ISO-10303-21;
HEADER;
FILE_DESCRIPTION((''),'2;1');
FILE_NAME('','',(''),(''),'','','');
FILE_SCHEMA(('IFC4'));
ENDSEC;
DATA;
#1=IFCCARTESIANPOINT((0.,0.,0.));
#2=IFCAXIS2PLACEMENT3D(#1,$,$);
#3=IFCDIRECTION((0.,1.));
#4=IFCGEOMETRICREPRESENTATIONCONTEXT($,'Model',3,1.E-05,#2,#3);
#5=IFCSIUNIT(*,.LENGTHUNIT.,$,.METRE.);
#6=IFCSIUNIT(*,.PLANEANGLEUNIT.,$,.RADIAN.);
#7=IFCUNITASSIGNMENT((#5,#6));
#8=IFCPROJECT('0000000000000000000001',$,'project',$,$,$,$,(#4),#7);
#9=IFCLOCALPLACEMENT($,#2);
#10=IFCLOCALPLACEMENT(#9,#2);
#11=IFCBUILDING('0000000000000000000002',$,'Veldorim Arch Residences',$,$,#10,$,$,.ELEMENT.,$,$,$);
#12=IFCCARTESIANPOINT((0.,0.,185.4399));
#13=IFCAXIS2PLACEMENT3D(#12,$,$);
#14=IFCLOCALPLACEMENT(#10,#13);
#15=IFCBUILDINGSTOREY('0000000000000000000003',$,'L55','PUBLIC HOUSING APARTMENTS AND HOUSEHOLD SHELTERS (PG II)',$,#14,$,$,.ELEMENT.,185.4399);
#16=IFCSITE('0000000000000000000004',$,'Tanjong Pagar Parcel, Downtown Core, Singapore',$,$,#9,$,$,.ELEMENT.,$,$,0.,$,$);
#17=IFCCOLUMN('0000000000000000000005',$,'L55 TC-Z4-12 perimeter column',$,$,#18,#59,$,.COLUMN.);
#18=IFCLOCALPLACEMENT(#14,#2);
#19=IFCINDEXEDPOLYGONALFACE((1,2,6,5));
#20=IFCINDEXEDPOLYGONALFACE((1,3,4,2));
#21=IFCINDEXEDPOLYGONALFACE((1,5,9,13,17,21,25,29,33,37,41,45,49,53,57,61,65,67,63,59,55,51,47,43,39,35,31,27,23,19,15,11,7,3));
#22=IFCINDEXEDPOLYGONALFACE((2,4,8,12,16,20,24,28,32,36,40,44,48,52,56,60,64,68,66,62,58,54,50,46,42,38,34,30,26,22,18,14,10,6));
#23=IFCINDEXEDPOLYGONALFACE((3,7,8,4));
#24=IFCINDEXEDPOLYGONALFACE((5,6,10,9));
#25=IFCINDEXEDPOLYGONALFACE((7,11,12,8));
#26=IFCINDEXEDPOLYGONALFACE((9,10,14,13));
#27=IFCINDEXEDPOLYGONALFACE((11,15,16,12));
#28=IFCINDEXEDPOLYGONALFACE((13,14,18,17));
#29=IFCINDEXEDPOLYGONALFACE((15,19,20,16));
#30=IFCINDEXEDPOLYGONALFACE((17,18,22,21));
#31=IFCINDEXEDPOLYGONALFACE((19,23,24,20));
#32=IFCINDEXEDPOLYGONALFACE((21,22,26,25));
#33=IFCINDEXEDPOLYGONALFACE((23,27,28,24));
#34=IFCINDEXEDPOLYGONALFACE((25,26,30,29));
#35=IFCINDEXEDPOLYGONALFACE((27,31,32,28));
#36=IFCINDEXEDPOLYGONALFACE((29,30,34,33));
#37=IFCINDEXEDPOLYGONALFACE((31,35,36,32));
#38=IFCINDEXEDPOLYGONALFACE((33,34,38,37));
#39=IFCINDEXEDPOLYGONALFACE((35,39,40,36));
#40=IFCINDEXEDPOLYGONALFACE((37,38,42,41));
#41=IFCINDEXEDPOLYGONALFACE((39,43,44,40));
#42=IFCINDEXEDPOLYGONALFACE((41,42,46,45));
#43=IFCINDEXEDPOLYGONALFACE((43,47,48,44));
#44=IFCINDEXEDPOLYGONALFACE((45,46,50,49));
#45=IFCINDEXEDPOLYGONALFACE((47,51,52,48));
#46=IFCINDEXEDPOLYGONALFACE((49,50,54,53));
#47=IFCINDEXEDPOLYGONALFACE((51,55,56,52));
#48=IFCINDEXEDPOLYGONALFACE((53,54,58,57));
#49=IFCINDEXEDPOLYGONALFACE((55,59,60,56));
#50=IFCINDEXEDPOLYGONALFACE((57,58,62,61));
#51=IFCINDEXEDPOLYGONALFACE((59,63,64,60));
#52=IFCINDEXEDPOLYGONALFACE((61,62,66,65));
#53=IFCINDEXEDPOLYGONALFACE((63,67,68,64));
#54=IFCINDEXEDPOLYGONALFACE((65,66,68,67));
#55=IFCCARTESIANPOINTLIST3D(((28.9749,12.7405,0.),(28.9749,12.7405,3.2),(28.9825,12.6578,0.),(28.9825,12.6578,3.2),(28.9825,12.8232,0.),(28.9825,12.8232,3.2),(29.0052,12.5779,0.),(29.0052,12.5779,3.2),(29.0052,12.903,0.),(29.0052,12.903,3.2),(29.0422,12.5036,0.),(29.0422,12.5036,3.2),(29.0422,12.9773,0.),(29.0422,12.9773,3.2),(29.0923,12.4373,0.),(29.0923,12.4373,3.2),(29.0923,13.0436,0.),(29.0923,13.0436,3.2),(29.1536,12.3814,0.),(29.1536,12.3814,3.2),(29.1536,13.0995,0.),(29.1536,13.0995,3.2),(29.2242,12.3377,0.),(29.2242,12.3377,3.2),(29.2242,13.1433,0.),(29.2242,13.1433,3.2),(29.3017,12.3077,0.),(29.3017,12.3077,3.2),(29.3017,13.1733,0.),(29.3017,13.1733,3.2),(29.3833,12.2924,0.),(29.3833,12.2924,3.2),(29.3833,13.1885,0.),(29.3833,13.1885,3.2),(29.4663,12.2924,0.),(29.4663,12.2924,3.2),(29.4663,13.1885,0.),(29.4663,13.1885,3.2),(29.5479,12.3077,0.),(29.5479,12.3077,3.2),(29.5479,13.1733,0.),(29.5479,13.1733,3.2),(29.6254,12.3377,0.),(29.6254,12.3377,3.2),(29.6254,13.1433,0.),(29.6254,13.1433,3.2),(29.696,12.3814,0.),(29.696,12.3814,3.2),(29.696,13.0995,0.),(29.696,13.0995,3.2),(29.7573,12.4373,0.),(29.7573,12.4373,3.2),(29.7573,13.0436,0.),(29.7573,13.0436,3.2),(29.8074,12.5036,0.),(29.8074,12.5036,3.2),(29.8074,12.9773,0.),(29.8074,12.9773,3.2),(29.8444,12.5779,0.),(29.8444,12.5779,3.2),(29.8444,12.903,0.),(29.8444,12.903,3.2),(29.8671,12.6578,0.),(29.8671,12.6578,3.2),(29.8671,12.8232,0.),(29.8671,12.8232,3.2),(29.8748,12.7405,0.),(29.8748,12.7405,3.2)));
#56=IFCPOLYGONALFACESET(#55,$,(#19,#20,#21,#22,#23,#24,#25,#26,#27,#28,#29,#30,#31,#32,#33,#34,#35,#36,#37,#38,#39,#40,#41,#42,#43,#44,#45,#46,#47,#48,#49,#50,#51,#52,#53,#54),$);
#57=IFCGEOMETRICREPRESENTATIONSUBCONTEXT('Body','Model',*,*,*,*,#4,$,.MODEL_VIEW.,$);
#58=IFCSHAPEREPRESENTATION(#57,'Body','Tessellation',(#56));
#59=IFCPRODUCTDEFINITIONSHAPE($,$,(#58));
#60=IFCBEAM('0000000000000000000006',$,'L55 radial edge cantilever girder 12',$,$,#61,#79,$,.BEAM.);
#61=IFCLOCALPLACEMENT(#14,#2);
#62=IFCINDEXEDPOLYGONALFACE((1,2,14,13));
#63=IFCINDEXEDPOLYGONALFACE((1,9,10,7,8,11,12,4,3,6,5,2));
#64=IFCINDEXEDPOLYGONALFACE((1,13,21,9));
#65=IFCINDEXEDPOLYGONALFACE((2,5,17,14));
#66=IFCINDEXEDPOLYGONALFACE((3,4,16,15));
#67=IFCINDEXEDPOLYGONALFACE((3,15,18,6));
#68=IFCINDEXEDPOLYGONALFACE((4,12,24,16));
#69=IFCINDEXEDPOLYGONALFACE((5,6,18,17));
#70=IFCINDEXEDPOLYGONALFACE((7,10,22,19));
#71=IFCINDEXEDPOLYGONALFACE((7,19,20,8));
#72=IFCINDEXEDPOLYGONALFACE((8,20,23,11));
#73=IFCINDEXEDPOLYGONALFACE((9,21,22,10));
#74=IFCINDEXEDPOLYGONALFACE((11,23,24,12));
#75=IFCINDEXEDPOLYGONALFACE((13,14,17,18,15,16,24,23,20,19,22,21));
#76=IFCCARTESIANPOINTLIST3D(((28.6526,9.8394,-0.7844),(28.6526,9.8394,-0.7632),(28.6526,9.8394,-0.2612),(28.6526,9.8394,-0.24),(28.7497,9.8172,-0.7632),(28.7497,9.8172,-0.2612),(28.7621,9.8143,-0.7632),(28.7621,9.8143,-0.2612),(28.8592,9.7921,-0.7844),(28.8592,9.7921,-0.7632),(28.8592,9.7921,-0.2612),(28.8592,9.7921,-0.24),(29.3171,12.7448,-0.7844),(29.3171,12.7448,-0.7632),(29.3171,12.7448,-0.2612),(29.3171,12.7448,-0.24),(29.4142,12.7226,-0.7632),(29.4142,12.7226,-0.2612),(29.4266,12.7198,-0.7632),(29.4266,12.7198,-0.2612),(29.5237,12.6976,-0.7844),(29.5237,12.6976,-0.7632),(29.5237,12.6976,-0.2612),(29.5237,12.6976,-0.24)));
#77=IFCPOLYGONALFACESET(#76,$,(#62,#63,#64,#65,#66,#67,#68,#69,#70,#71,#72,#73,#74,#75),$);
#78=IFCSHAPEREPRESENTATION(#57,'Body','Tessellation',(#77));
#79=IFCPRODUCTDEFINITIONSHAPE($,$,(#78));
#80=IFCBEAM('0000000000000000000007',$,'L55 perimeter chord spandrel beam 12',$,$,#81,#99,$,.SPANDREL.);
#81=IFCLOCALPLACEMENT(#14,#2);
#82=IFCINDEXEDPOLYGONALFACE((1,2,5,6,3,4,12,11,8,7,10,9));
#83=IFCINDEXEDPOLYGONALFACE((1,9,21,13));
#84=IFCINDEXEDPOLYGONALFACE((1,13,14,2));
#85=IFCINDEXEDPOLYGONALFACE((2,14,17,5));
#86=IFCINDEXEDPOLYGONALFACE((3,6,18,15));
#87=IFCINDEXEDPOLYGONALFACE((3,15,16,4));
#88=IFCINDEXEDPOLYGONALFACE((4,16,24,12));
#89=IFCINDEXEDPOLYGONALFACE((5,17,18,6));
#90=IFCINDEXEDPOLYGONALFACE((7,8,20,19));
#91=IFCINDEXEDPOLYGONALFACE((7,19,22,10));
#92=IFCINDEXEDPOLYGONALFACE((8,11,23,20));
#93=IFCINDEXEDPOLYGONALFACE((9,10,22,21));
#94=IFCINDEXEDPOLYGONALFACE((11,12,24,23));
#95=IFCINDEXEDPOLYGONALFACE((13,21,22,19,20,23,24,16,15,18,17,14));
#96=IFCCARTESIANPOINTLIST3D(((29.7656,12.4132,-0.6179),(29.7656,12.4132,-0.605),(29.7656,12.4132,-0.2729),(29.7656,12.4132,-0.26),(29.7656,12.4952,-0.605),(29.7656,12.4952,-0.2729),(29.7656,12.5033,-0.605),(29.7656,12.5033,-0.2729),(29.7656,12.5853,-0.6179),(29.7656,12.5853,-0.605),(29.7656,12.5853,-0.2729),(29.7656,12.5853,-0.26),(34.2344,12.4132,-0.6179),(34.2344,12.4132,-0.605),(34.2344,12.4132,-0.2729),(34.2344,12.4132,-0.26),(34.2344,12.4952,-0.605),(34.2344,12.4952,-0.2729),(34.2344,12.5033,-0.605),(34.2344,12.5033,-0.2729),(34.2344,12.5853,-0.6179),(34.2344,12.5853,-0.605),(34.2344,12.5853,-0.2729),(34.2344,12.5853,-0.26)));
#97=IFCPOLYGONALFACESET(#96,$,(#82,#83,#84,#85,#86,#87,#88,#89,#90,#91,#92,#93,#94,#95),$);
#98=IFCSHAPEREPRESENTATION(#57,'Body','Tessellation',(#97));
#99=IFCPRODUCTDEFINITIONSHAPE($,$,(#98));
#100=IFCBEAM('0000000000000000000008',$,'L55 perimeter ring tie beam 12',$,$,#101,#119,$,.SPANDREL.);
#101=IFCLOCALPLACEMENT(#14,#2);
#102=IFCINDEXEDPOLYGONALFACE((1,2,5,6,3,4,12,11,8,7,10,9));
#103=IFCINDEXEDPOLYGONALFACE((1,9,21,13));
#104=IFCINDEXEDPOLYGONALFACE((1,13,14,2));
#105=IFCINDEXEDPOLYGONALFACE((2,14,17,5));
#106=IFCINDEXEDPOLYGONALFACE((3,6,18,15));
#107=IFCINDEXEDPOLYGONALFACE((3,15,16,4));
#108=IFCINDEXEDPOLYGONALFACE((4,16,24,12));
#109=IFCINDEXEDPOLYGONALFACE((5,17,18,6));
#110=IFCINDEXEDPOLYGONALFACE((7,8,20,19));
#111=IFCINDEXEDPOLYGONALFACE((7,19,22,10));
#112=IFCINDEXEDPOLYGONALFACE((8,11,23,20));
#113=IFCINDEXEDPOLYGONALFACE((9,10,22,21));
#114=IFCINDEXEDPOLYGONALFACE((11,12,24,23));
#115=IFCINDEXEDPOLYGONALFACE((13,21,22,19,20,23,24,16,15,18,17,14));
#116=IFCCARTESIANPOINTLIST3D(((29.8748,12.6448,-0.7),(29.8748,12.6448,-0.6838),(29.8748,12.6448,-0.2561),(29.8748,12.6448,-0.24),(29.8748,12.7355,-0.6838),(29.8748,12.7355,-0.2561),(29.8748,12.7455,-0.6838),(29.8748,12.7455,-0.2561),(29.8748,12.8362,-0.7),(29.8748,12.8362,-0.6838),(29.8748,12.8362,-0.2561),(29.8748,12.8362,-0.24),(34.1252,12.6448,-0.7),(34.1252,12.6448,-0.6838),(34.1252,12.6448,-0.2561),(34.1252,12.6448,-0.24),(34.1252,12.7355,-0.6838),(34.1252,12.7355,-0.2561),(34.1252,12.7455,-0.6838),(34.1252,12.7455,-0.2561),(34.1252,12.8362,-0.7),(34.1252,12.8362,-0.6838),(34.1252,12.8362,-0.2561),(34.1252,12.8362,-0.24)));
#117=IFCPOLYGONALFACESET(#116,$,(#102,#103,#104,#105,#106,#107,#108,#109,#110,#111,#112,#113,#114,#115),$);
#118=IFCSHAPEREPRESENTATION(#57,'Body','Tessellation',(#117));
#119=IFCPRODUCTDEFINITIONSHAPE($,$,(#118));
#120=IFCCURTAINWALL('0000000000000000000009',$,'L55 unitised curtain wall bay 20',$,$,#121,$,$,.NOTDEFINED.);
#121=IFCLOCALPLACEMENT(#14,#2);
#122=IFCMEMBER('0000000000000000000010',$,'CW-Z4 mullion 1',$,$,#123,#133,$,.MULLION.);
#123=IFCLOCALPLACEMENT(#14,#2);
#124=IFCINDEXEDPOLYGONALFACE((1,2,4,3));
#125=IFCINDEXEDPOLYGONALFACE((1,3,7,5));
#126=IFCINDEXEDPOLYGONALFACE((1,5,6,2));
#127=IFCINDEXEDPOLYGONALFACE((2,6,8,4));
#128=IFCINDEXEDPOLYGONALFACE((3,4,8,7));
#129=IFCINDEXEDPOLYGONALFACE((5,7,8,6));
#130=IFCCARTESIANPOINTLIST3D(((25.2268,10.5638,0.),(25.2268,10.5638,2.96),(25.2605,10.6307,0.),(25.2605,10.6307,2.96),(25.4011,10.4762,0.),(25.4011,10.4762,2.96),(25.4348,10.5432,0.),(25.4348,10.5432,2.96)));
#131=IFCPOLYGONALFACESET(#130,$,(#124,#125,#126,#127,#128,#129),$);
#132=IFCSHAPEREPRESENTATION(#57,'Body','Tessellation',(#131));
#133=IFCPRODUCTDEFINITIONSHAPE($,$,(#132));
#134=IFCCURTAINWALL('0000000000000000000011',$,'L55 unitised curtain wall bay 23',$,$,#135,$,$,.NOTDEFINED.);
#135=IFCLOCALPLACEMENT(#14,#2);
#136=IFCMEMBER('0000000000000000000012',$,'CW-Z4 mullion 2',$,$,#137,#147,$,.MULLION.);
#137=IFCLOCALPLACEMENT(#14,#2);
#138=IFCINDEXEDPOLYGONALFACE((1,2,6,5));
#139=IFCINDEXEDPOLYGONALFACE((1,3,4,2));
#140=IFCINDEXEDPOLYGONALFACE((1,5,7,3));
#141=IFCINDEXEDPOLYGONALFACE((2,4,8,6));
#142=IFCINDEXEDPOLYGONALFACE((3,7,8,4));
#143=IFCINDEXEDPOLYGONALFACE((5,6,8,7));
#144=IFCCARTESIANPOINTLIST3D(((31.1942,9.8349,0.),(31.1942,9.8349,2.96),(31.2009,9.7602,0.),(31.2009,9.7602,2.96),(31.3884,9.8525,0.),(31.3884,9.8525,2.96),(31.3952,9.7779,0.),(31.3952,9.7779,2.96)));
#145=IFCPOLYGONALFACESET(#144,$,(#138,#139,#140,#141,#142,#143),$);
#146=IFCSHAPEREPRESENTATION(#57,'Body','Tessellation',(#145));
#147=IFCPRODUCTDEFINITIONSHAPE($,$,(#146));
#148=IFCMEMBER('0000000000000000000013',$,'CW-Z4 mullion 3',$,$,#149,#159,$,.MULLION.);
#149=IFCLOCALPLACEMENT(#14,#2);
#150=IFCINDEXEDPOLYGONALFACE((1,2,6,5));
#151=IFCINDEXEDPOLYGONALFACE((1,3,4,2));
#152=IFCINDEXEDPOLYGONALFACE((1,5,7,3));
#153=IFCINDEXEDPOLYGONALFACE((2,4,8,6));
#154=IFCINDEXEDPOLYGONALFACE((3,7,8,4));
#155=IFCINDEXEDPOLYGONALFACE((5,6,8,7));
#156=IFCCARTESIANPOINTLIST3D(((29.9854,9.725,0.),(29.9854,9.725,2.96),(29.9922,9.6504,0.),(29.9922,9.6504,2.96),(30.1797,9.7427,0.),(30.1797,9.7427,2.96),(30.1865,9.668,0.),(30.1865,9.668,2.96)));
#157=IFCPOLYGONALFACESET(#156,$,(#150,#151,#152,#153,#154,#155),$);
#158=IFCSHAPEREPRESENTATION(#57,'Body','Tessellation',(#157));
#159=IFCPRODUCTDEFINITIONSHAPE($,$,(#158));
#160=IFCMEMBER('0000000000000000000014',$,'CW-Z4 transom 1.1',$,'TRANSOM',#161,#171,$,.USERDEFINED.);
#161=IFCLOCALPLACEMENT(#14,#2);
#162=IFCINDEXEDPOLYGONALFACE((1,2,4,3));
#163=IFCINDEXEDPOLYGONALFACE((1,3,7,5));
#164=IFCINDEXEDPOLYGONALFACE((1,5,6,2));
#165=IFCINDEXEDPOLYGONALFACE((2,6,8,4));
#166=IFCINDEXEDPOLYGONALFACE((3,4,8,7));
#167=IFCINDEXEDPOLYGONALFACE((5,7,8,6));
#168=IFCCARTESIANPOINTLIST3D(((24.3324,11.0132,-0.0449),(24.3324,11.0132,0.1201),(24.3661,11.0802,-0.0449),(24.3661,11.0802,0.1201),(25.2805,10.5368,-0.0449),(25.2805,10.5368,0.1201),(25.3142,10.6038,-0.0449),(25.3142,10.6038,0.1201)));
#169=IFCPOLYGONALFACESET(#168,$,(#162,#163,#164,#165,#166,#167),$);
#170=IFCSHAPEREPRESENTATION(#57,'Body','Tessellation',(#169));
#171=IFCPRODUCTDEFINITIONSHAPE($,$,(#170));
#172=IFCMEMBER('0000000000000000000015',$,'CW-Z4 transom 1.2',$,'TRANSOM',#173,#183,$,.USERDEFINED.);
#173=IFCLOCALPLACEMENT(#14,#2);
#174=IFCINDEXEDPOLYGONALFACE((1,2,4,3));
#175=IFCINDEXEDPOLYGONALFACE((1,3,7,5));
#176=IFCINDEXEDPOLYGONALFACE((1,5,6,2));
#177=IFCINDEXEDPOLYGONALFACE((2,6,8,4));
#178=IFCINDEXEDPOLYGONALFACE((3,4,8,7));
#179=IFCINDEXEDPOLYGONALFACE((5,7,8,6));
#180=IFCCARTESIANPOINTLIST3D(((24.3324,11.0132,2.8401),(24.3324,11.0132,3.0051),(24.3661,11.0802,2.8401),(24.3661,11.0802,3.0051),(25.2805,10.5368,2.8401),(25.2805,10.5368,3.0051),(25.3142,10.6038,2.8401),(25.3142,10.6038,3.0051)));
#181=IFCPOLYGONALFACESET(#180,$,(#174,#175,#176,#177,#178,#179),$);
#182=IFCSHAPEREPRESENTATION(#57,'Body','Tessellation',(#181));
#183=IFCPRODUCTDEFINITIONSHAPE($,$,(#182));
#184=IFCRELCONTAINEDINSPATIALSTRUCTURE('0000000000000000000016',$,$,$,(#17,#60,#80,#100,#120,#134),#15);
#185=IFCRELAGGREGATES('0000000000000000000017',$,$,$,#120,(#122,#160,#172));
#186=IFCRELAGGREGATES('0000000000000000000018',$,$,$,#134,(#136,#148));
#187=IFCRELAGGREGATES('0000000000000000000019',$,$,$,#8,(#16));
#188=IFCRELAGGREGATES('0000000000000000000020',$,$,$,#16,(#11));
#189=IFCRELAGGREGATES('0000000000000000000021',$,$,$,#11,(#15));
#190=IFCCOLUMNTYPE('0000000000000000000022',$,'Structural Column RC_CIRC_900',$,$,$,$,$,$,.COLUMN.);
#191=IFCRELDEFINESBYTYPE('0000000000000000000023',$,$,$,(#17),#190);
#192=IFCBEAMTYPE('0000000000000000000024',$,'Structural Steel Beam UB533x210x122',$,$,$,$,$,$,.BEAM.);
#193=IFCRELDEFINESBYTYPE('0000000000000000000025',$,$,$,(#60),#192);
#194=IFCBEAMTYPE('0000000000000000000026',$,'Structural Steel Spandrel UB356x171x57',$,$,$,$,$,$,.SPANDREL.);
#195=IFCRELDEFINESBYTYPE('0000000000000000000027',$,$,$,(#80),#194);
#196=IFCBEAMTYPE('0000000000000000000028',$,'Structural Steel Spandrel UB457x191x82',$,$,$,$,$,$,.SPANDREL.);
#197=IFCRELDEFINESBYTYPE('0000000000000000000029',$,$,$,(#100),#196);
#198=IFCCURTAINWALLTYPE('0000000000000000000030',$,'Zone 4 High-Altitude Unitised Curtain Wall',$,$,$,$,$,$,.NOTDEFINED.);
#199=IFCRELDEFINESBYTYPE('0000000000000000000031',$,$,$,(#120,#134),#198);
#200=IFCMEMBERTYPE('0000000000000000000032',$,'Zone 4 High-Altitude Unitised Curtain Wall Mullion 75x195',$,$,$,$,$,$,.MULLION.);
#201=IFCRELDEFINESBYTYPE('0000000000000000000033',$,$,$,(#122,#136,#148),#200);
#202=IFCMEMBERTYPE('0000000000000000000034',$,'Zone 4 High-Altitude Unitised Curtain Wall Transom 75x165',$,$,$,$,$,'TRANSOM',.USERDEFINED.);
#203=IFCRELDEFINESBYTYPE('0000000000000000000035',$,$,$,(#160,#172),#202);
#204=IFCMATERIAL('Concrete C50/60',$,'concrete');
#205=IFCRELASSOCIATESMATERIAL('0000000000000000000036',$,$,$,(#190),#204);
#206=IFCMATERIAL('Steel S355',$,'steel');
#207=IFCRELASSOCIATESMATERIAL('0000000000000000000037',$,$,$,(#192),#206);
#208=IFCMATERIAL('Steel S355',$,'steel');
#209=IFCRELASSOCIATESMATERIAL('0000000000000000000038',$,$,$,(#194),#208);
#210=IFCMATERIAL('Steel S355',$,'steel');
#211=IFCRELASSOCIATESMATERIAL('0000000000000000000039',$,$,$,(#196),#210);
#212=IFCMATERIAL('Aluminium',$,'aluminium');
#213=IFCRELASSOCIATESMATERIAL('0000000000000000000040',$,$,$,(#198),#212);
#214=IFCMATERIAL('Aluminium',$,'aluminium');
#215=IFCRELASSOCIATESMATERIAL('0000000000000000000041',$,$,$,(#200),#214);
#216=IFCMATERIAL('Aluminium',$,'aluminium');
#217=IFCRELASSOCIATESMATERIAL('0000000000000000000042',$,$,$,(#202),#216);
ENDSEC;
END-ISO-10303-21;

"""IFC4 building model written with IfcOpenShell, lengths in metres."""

from ifc_helpers import new_model, si_unit, direction, frame, origin, origin_2d, place, context, subcontext, project, spatial, rectangle, circle, i_section, extrude, material, material_profile, profile_set, type_object, element, aggregate, save


model = new_model("IFC4")

# Units and contexts
model_context = context("Model", 3, precision=1e-05, world=origin(), true_north=direction((0.0, 1.0)))
body_context = subcontext(model_context, "Body", "Model", "MODEL_VIEW")
ifc_project = project(units=[si_unit("LENGTHUNIT", "METRE"), si_unit("PLANEANGLEUNIT", "RADIAN")], contexts=[model_context])

# Site, building, storey
site_placement = place(None, origin())
site = spatial("IfcSite", under=ifc_project, at=site_placement, Name="Tanjong Pagar Parcel, Downtown Core, Singapore", CompositionType="ELEMENT", RefElevation=0.0)
building_placement = place(site_placement, origin())
building = spatial("IfcBuilding", under=site, at=building_placement, Name="Veldorim Arch Residences", CompositionType="ELEMENT")
storey_placement = place(building_placement, frame((0.0, 0.0, 185.4399)))
storey = spatial("IfcBuildingStorey", under=building, at=storey_placement, Name="L55", Description="PUBLIC HOUSING APARTMENTS AND HOUSEHOLD SHELTERS (PG II)", CompositionType="ELEMENT", Elevation=185.4399)

# Column
ifc_material_1 = material(Name="Concrete C50/60", Category="concrete")
ifc_material_profile_1 = material_profile(ifc_material_1, circle(Radius=0.45, at=origin_2d()), Name="RC_CIRC_900")
ifc_profile_set_1 = profile_set([ifc_material_profile_1], Name="Concrete C50/60")
column_type = type_object("IfcColumnType", Name="Structural Column RC_CIRC_900", PredefinedType="COLUMN", material=ifc_profile_set_1)
column_placement = place(storey_placement, frame((29.4248, 12.7405, 0.0), z_axis=(0.0, 0.0, 1.0), x_axis=(1.0, 0.0, 0.0)))
element("IfcColumn", 1, at=column_placement, inside=storey, type_object=column_type, Name="L55 TC-Z4-12 perimeter column", PredefinedType="COLUMN", context=body_context, shape_type="SweptSolid", body=[
    extrude(circle(Radius=0.45, at=origin_2d()), origin(), (0.0, 0.0, 1.0), 3.2),
])

# Beams
ifc_material_2 = material(Name="Steel S355", Category="steel")
ifc_material_profile_2 = material_profile(ifc_material_2, i_section(OverallWidth=0.2119, OverallDepth=0.5444, WebThickness=0.0127, FlangeThickness=0.0212, at=origin_2d()), Name="UB533x210x122")
ifc_profile_set_2 = profile_set([ifc_material_profile_2], Name="Steel S355")
beam_type_1 = type_object("IfcBeamType", Name="Structural Steel Beam UB533x210x122", PredefinedType="BEAM", material=ifc_profile_set_2)
beam_1_placement = place(storey_placement, frame((29.4204, 12.7212, -0.5122), z_axis=(-0.222963, -0.974827, 0.0), x_axis=(0.974827, -0.222963, 0.0)))
element("IfcBeam", 2, at=beam_1_placement, inside=storey, type_object=beam_type_1, Name="L55 radial edge cantilever girder 12", PredefinedType="BEAM", context=body_context, shape_type="SweptSolid", body=[
    extrude(i_section(OverallWidth=0.2119, OverallDepth=0.5444, WebThickness=0.0127, FlangeThickness=0.0212, at=origin_2d()), origin(), (0.0, 0.0, 1.0), 2.9805),
])
ifc_material_3 = material(Name="Steel S355", Category="steel")
ifc_material_profile_3 = material_profile(ifc_material_3, i_section(OverallWidth=0.1721, OverallDepth=0.3579, WebThickness=0.0081, FlangeThickness=0.0129, at=origin_2d()), Name="UB356x171x57")
ifc_profile_set_3 = profile_set([ifc_material_profile_3], Name="Steel S355")
beam_type_2 = type_object("IfcBeamType", Name="Structural Steel Spandrel UB356x171x57", PredefinedType="SPANDREL", material=ifc_profile_set_3)
beam_2_placement = place(storey_placement, frame((29.7656, 12.4993, -0.439), z_axis=(1.0, 0.0, 0.0), x_axis=(0.0, 1.0, 0.0)))
element("IfcBeam", 3, at=beam_2_placement, inside=storey, type_object=beam_type_2, Name="L55 perimeter chord spandrel beam 12", PredefinedType="SPANDREL", context=body_context, shape_type="SweptSolid", body=[
    extrude(i_section(OverallWidth=0.1721, OverallDepth=0.3579, WebThickness=0.0081, FlangeThickness=0.0129, at=origin_2d()), origin(), (0.0, 0.0, 1.0), 4.4688),
])
ifc_material_4 = material(Name="Steel S355", Category="steel")
ifc_material_profile_4 = material_profile(ifc_material_4, i_section(OverallWidth=0.1914, OverallDepth=0.46, WebThickness=0.01, FlangeThickness=0.0161, at=origin_2d()), Name="UB457x191x82")
ifc_profile_set_4 = profile_set([ifc_material_profile_4], Name="Steel S355")
beam_type_3 = type_object("IfcBeamType", Name="Structural Steel Spandrel UB457x191x82", PredefinedType="SPANDREL", material=ifc_profile_set_4)
beam_3_placement = place(storey_placement, frame((29.8748, 12.7405, -0.47), z_axis=(1.0, 0.0, 0.0), x_axis=(0.0, 1.0, 0.0)))
element("IfcBeam", 4, at=beam_3_placement, inside=storey, type_object=beam_type_3, Name="L55 perimeter ring tie beam 12", PredefinedType="SPANDREL", context=body_context, shape_type="SweptSolid", body=[
    extrude(i_section(OverallWidth=0.1914, OverallDepth=0.46, WebThickness=0.01, FlangeThickness=0.0161, at=origin_2d()), origin(), (0.0, 0.0, 1.0), 4.2505),
])

# Curtain wall, member
ifc_material_5 = material(Name="Aluminium", Category="aluminium")
curtain_wall_type = type_object("IfcCurtainWallType", Name="Zone 4 High-Altitude Unitised Curtain Wall", PredefinedType="NOTDEFINED", material=ifc_material_5)
curtain_wall_1_placement = place(storey_placement, origin())
curtain_wall_1 = element("IfcCurtainWall", 5, at=curtain_wall_1_placement, inside=storey, type_object=curtain_wall_type, Name="L55 unitised curtain wall bay 20", PredefinedType="NOTDEFINED")
ifc_material_6 = material(Name="Aluminium", Category="aluminium")
ifc_material_profile_5 = material_profile(ifc_material_6, rectangle(XDim=0.075, YDim=0.1951, at=origin_2d()), Name="ALU_MUL_75x195")
ifc_profile_set_5 = profile_set([ifc_material_profile_5], Name="Aluminium")
member_type_1 = type_object("IfcMemberType", Name="Zone 4 High-Altitude Unitised Curtain Wall Mullion 75x195", PredefinedType="MULLION", material=ifc_profile_set_5)
member_1_placement = place(storey_placement, frame((25.3308, 10.5535, 0.0), z_axis=(0.0, 0.0, 1.0), x_axis=(-0.448866, -0.893599, 0.0)))
member_1 = element("IfcMember", 6, at=member_1_placement, type_object=member_type_1, Name="CW-Z4 mullion 1", PredefinedType="MULLION", context=body_context, shape_type="SweptSolid", body=[
    extrude(rectangle(XDim=0.075, YDim=0.1951, at=origin_2d()), origin(), (0.0, 0.0, 1.0), 2.96),
])

# Curtain wall, members
curtain_wall_2_placement = place(storey_placement, origin())
curtain_wall_2 = element("IfcCurtainWall", 7, at=curtain_wall_2_placement, inside=storey, type_object=curtain_wall_type, Name="L55 unitised curtain wall bay 23", PredefinedType="NOTDEFINED")
member_2_placement = place(storey_placement, frame((31.2947, 9.8064, 0.0), z_axis=(0.0, 0.0, 1.0), x_axis=(0.090521, -0.995895, 0.0)))
member_2 = element("IfcMember", 8, at=member_2_placement, type_object=member_type_1, Name="CW-Z4 mullion 2", PredefinedType="MULLION", context=body_context, shape_type="SweptSolid", body=[
    extrude(rectangle(XDim=0.075, YDim=0.1951, at=origin_2d()), origin(), (0.0, 0.0, 1.0), 2.96),
])
member_3_placement = place(storey_placement, frame((30.0859, 9.6965, 0.0), z_axis=(0.0, 0.0, 1.0), x_axis=(0.090521, -0.995895, 0.0)))
member_3 = element("IfcMember", 9, at=member_3_placement, type_object=member_type_1, Name="CW-Z4 mullion 3", PredefinedType="MULLION", context=body_context, shape_type="SweptSolid", body=[
    extrude(rectangle(XDim=0.075, YDim=0.1951, at=origin_2d()), origin(), (0.0, 0.0, 1.0), 2.96),
])

# Members
ifc_material_7 = material(Name="Aluminium", Category="aluminium")
ifc_material_profile_6 = material_profile(ifc_material_7, rectangle(XDim=0.075, YDim=0.165, at=origin_2d()), Name="ALU_TRN_75x165")
ifc_profile_set_6 = profile_set([ifc_material_profile_6], Name="Aluminium")
member_type_2 = type_object("IfcMemberType", Name="Zone 4 High-Altitude Unitised Curtain Wall Transom 75x165", ElementType="TRANSOM", PredefinedType="USERDEFINED", material=ifc_profile_set_6)
member_4_placement = place(storey_placement, frame((25.2974, 10.5703, 0.0376), z_axis=(-0.893551, 0.448962, 0.0), x_axis=(-0.448962, -0.893551, 0.0)))
member_4 = element("IfcMember", 10, at=member_4_placement, type_object=member_type_2, Name="CW-Z4 transom 1.1", ObjectType="TRANSOM", PredefinedType="USERDEFINED", context=body_context, shape_type="SweptSolid", body=[
    extrude(rectangle(XDim=0.075, YDim=0.165, at=origin_2d()), origin(), (0.0, 0.0, 1.0), 1.061),
])
member_5_placement = place(storey_placement, frame((25.2974, 10.5703, 2.9226), z_axis=(-0.893551, 0.448962, 0.0), x_axis=(-0.448962, -0.893551, 0.0)))
member_5 = element("IfcMember", 11, at=member_5_placement, type_object=member_type_2, Name="CW-Z4 transom 1.2", ObjectType="TRANSOM", PredefinedType="USERDEFINED", context=body_context, shape_type="SweptSolid", body=[
    extrude(rectangle(XDim=0.075, YDim=0.165, at=origin_2d()), origin(), (0.0, 0.0, 1.0), 1.061),
])
aggregate(curtain_wall_1, [member_1, member_4, member_5])

aggregate(curtain_wall_2, [member_2, member_3])

save(model, "model.ifc")
